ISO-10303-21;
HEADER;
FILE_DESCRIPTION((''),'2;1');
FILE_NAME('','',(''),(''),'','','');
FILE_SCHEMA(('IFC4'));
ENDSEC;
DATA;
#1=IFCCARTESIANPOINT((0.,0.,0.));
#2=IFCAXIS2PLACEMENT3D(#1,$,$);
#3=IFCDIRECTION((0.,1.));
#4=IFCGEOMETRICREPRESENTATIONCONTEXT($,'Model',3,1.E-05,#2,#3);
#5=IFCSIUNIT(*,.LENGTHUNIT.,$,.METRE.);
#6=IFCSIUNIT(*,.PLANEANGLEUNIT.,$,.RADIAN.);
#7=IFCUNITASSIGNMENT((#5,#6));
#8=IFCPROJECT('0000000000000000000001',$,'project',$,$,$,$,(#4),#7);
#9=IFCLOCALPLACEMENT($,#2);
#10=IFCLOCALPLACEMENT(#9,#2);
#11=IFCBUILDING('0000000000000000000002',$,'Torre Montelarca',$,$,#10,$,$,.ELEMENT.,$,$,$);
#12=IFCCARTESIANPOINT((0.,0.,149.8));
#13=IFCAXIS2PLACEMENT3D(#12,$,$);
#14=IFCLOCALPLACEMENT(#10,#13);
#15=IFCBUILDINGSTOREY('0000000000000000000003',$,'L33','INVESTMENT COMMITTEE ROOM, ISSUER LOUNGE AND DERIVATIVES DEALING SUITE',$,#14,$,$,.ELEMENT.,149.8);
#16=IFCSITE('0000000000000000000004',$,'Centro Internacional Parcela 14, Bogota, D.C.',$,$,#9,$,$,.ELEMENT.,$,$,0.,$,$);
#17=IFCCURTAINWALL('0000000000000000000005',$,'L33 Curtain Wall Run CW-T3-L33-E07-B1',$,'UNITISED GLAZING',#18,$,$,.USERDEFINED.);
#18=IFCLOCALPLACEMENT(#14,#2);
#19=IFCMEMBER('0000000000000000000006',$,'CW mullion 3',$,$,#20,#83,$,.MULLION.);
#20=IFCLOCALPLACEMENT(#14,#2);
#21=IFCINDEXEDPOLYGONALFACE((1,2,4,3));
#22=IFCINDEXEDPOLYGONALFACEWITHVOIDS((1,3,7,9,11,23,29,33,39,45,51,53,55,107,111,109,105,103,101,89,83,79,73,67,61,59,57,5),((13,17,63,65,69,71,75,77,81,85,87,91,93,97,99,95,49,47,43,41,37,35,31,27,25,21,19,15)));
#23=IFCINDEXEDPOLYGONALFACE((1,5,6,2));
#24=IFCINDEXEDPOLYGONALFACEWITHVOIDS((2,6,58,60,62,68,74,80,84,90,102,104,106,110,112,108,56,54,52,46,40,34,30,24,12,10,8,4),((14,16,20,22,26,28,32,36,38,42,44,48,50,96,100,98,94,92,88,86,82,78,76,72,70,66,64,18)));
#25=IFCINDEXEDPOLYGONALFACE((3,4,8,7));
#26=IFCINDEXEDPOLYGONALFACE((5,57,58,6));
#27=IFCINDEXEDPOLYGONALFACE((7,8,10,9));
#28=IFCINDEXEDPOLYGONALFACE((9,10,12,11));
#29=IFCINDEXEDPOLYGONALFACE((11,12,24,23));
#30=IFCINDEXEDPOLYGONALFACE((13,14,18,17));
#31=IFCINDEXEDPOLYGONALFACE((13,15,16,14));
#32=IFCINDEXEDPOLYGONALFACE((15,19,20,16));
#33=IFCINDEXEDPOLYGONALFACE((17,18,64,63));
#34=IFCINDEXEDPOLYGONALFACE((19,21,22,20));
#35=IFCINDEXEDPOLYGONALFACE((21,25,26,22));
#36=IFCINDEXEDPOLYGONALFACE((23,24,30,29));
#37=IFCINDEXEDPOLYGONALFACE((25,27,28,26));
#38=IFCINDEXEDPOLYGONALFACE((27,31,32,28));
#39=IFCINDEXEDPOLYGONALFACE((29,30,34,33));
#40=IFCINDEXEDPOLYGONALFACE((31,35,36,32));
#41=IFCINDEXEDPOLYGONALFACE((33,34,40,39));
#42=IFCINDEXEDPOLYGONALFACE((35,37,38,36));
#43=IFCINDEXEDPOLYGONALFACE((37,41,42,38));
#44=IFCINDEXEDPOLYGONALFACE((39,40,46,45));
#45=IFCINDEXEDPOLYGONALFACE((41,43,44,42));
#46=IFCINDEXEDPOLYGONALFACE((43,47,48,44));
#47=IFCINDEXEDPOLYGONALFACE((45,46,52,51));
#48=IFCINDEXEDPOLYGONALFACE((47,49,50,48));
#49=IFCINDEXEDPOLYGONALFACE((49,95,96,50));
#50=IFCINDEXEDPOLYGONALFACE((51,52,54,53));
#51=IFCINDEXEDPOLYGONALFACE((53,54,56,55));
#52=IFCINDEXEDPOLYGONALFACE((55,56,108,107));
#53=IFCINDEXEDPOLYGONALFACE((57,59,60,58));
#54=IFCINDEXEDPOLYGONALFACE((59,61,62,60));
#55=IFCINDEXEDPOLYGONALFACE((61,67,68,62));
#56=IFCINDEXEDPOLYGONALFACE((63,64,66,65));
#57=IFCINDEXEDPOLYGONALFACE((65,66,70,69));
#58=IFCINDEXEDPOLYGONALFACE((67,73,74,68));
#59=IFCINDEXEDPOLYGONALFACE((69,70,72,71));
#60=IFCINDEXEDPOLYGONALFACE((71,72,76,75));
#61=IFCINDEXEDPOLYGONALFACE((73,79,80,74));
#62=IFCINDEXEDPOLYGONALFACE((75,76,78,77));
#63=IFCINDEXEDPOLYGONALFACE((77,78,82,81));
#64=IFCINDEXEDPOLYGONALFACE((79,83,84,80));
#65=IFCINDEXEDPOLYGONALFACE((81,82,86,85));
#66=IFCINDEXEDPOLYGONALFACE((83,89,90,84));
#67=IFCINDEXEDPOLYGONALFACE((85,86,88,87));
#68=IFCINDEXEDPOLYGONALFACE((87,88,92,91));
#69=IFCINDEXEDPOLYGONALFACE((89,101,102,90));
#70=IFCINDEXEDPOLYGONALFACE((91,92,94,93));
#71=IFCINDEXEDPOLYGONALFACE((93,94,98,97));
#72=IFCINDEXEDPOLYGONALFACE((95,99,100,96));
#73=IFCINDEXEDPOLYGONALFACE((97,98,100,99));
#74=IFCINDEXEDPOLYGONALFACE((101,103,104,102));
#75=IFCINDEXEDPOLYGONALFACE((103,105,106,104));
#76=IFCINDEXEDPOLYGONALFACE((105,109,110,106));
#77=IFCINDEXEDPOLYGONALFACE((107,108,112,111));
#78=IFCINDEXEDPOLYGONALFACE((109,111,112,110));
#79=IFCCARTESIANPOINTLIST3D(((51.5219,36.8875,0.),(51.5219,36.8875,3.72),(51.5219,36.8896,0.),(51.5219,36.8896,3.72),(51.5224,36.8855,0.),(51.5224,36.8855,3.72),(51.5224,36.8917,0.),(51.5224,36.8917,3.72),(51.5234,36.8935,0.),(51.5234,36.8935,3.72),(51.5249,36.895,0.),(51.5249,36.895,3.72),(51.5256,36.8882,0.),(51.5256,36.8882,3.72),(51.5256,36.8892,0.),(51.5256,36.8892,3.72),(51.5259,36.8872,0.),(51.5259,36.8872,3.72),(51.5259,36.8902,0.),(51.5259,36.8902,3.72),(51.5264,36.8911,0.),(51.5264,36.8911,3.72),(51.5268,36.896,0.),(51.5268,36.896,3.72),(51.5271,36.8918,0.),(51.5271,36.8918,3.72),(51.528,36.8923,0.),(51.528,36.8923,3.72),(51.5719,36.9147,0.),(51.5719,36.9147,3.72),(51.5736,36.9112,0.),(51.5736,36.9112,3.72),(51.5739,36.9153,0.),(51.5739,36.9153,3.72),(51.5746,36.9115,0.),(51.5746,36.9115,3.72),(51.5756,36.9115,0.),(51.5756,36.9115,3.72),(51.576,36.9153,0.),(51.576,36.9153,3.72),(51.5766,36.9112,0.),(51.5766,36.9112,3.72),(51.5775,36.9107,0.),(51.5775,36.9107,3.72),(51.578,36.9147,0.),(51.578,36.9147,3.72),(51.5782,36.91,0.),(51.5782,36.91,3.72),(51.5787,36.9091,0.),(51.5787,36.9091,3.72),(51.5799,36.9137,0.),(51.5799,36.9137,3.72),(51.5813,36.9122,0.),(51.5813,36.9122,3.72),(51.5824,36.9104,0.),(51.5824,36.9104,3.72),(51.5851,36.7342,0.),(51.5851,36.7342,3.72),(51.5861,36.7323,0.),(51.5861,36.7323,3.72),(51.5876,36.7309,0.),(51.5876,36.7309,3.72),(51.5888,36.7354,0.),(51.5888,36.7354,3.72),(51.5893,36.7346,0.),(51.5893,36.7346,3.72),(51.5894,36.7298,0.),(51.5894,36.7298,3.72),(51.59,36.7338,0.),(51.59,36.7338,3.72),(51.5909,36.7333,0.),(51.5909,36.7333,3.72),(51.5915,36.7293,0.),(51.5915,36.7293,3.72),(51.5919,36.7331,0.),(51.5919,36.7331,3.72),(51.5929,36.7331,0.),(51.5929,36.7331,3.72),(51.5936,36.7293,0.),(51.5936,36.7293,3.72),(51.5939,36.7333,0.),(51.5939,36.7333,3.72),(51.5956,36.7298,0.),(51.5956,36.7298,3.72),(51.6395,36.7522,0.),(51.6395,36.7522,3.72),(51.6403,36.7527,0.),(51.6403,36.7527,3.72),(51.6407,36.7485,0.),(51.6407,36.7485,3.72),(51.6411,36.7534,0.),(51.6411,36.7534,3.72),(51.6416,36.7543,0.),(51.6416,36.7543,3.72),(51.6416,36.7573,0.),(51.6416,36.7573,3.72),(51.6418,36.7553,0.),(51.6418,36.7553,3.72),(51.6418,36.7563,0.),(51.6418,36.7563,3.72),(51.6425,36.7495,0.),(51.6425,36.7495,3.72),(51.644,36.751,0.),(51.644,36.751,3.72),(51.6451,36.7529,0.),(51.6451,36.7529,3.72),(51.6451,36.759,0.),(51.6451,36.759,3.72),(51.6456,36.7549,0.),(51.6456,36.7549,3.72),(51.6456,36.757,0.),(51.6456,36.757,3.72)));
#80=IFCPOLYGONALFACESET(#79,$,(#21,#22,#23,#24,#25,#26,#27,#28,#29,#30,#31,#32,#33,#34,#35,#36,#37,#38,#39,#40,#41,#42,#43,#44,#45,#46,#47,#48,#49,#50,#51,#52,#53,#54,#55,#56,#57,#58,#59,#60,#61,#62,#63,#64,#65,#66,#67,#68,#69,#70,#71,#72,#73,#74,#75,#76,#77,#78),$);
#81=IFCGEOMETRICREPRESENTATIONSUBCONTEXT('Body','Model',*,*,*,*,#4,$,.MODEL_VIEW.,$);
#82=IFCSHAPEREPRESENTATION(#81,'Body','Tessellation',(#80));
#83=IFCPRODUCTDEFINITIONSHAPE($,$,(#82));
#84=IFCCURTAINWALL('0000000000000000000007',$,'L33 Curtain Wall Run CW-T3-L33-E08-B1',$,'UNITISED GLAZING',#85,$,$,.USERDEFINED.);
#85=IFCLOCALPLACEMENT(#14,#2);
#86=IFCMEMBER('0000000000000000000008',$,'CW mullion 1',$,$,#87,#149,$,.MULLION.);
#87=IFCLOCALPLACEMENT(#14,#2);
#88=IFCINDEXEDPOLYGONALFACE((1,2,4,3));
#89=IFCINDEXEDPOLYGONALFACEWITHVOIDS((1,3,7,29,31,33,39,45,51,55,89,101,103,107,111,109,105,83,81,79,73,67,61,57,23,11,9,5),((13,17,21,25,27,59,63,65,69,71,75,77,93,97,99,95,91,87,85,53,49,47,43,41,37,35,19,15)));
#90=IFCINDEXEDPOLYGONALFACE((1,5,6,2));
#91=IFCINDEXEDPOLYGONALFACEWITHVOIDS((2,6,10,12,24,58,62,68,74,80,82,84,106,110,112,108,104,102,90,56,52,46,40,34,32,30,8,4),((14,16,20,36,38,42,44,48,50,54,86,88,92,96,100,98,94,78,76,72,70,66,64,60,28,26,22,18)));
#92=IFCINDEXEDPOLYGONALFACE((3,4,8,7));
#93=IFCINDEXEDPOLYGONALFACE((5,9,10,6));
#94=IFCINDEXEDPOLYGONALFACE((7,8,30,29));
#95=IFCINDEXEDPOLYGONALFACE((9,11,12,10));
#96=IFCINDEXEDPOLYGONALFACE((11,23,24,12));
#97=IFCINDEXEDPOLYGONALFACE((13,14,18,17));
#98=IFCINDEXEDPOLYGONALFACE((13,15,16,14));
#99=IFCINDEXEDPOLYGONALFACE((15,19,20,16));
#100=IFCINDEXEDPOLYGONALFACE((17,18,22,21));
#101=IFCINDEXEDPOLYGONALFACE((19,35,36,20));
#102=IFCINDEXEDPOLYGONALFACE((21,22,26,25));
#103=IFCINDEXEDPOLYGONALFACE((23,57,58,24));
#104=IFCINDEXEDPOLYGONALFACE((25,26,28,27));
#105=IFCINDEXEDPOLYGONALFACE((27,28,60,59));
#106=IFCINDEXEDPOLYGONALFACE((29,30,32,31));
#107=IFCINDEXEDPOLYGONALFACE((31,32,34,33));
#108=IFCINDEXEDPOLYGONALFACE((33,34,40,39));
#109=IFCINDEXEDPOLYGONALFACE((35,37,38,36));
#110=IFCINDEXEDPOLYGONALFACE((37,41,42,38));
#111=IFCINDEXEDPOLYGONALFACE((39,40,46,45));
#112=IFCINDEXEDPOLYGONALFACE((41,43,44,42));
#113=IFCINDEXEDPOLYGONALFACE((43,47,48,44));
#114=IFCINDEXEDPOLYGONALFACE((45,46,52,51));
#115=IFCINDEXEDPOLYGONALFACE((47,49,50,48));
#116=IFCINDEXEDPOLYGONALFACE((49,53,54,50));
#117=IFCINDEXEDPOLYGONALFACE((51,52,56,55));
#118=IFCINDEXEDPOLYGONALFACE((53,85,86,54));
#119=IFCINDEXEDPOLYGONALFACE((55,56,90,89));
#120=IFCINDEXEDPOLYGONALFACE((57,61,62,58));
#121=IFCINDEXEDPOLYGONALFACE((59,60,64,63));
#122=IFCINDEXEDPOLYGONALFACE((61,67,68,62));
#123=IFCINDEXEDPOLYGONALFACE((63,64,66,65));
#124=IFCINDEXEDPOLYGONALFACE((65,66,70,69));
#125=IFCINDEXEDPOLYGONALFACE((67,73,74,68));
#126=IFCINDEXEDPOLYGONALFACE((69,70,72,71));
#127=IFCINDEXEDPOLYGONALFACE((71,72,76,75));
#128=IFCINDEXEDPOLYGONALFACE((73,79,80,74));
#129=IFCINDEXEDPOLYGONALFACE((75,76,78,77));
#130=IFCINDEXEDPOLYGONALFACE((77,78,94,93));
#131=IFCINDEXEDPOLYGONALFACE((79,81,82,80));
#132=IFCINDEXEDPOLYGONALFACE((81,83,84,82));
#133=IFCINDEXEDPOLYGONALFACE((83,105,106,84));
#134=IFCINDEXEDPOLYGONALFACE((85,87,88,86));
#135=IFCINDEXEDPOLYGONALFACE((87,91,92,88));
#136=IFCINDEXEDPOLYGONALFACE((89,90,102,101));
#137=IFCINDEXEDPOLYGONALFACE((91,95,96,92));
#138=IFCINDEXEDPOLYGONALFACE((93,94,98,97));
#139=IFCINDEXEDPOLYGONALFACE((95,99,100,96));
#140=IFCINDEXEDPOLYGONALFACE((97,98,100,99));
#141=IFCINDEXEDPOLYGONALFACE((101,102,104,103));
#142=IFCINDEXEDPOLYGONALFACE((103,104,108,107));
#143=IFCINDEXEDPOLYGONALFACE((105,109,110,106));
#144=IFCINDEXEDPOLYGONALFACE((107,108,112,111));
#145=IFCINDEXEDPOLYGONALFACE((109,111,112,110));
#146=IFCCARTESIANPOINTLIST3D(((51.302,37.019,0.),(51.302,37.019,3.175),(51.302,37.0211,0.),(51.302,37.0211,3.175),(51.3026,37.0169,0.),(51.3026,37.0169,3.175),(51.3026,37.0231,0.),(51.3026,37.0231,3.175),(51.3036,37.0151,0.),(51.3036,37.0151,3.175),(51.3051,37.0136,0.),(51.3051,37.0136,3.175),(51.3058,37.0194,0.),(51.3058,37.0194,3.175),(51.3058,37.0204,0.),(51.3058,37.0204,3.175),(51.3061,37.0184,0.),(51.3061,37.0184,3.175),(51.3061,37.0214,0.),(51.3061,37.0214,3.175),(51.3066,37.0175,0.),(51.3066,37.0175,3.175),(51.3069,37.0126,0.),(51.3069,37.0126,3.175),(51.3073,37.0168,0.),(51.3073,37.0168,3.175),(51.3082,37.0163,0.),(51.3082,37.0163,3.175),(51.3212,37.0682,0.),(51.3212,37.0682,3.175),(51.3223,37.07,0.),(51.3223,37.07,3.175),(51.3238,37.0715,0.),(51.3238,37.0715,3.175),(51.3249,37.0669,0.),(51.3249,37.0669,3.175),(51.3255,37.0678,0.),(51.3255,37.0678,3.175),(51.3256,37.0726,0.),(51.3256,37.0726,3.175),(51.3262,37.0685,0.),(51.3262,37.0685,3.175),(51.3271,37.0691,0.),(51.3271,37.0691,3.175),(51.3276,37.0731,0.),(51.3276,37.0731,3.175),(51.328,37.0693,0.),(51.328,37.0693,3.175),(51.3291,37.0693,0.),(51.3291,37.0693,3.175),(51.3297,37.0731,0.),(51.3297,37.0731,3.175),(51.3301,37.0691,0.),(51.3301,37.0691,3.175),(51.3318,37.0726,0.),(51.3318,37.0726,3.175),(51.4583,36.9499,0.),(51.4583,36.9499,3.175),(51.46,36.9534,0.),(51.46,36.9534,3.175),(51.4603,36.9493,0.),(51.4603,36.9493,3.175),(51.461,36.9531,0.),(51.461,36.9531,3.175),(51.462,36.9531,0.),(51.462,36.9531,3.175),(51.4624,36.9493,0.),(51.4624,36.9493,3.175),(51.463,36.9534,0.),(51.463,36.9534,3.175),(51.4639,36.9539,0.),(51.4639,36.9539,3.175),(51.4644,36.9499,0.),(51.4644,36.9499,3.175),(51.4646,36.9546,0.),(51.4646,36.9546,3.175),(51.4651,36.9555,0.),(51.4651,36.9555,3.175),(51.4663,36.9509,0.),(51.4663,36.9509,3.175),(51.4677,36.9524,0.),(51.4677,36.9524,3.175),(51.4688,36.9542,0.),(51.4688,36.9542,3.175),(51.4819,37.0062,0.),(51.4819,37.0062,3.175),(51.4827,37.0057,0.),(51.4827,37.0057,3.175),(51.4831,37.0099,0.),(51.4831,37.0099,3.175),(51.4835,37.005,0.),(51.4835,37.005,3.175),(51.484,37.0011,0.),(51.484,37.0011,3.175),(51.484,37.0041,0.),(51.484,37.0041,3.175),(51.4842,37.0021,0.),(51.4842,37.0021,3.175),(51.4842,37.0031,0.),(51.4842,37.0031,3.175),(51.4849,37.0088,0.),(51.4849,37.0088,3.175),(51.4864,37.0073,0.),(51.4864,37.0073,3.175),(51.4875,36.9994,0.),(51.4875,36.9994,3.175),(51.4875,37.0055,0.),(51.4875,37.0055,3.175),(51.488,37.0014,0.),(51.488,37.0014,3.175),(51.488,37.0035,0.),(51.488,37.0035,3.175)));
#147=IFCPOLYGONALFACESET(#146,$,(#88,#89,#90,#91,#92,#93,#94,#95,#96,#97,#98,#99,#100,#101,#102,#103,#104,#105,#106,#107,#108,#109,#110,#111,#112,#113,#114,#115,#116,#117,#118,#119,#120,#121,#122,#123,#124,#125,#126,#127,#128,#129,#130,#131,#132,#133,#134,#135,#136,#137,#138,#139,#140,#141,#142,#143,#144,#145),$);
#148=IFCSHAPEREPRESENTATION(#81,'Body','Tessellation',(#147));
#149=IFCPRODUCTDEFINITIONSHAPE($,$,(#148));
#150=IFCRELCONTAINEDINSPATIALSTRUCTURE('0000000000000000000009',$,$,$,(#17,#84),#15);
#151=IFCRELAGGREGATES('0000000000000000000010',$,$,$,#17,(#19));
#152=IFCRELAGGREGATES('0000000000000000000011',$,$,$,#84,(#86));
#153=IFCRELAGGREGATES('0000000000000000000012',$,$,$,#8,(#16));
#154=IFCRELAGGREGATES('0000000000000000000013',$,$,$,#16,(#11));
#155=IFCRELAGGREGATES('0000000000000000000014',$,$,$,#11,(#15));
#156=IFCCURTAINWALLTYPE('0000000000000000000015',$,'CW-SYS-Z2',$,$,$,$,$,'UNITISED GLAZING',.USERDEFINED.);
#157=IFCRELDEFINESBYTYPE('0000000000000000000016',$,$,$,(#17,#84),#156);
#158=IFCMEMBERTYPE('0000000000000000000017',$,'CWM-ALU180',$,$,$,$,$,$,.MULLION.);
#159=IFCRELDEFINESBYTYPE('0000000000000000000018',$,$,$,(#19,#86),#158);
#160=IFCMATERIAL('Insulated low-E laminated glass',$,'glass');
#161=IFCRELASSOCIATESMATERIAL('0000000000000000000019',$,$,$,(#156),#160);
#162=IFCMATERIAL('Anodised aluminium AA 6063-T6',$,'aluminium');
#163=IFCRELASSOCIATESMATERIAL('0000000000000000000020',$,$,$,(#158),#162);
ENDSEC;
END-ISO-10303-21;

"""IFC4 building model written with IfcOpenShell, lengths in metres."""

from ifc_helpers import new_model, si_unit, direction, frame, origin, origin_2d, place, context, subcontext, project, spatial, hollow_rectangle, extrude, source, transform, mapped, material, material_profile, profile_set, type_object, element, aggregate, save


model = new_model("IFC4")

# Units and contexts
model_context = context("Model", 3, precision=1e-05, world=origin(), true_north=direction((0.0, 1.0)))
body_context = subcontext(model_context, "Body", "Model", "MODEL_VIEW")
ifc_project = project(units=[si_unit("LENGTHUNIT", "METRE"), si_unit("PLANEANGLEUNIT", "RADIAN")], contexts=[model_context])

# Site, building, storey
site_placement = place(None, origin())
site = spatial("IfcSite", under=ifc_project, at=site_placement, Name="Centro Internacional Parcela 14, Bogota, D.C.", CompositionType="ELEMENT", RefElevation=0.0)
building_placement = place(site_placement, origin())
building = spatial("IfcBuilding", under=site, at=building_placement, Name="Torre Montelarca", CompositionType="ELEMENT")
storey_placement = place(building_placement, frame((0.0, 0.0, 149.8)))
storey = spatial("IfcBuildingStorey", under=building, at=storey_placement, Name="L33", Description="INVESTMENT COMMITTEE ROOM, ISSUER LOUNGE AND DERIVATIVES DEALING SUITE", CompositionType="ELEMENT", Elevation=149.8)

# Curtain wall
ifc_material_1 = material(Name="Insulated low-E laminated glass", Category="glass")
curtain_wall_type = type_object("IfcCurtainWallType", Name="CW-SYS-Z2", ElementType="UNITISED GLAZING", PredefinedType="USERDEFINED", material=ifc_material_1)
curtain_wall_1_placement = place(storey_placement, origin())
curtain_wall_1 = element("IfcCurtainWall", 1, at=curtain_wall_1_placement, inside=storey, type_object=curtain_wall_type, Name="L33 Curtain Wall Run CW-T3-L33-E07-B1", ObjectType="UNITISED GLAZING", PredefinedType="USERDEFINED")
ifc_material_2 = material(Name="Anodised aluminium AA 6063-T6", Category="aluminium")

# Shared definitions
ifc_material_profile_1 = material_profile(ifc_material_2, hollow_rectangle(XDim=0.0649, YDim=0.1799, WallThickness=0.0039, InnerFilletRadius=0.0039, OuterFilletRadius=0.0081, at=origin_2d()), Name="ALU65X180X4", Category="aluminium")
ifc_profile_set_1 = profile_set([ifc_material_profile_1], Name="Anodised aluminium AA 6063-T6")
member_type_1 = type_object("IfcMemberType", Name="CWM-ALU180", PredefinedType="MULLION", material=ifc_profile_set_1)
shared_shape_1 = source(origin(), body_context, "Body", "SweptSolid", [
    extrude(hollow_rectangle(XDim=0.0649, YDim=0.1799, WallThickness=0.0039, InnerFilletRadius=0.0039, OuterFilletRadius=0.0081, at=origin_2d()), origin(), (0.0, 0.0, 1.0), 3.72),
])

# Member
member_1_placement = place(storey_placement, frame((51.5837, 36.8223, 0.0), z_axis=(0.0, 0.0, 1.0), x_axis=(-0.923886, -0.382668, 0.0)))
member_1 = element("IfcMember", 2, at=member_1_placement, type_object=member_type_1, Name="CW mullion 3", PredefinedType="MULLION", context=body_context, shape_type="MappedRepresentation", body=[
    mapped(shared_shape_1, transform((0.0, 0.0, 0.0), scale=1.0)),
])

# Curtain wall, member
curtain_wall_2_placement = place(storey_placement, origin())
curtain_wall_2 = element("IfcCurtainWall", 3, at=curtain_wall_2_placement, inside=storey, type_object=curtain_wall_type, Name="L33 Curtain Wall Run CW-T3-L33-E08-B1", ObjectType="UNITISED GLAZING", PredefinedType="USERDEFINED")
shared_shape_2 = source(origin(), body_context, "Body", "SweptSolid", [
    extrude(hollow_rectangle(XDim=0.0649, YDim=0.1799, WallThickness=0.0039, InnerFilletRadius=0.0039, OuterFilletRadius=0.0081, at=origin_2d()), origin(), (0.0, 0.0, 1.0), 3.175),
])
member_2_placement = place(storey_placement, frame((51.395, 37.0112, 0.0), z_axis=(0.0, 0.0, 1.0), x_axis=(-0.382686, -0.923878, 0.0)))
member_2 = element("IfcMember", 4, at=member_2_placement, type_object=member_type_1, Name="CW mullion 1", PredefinedType="MULLION", context=body_context, shape_type="MappedRepresentation", body=[
    mapped(shared_shape_2, transform((0.0, 0.0, 0.0), scale=1.0)),
])

aggregate(curtain_wall_1, [member_1])
aggregate(curtain_wall_2, [member_2])

save(model, "model.ifc")
